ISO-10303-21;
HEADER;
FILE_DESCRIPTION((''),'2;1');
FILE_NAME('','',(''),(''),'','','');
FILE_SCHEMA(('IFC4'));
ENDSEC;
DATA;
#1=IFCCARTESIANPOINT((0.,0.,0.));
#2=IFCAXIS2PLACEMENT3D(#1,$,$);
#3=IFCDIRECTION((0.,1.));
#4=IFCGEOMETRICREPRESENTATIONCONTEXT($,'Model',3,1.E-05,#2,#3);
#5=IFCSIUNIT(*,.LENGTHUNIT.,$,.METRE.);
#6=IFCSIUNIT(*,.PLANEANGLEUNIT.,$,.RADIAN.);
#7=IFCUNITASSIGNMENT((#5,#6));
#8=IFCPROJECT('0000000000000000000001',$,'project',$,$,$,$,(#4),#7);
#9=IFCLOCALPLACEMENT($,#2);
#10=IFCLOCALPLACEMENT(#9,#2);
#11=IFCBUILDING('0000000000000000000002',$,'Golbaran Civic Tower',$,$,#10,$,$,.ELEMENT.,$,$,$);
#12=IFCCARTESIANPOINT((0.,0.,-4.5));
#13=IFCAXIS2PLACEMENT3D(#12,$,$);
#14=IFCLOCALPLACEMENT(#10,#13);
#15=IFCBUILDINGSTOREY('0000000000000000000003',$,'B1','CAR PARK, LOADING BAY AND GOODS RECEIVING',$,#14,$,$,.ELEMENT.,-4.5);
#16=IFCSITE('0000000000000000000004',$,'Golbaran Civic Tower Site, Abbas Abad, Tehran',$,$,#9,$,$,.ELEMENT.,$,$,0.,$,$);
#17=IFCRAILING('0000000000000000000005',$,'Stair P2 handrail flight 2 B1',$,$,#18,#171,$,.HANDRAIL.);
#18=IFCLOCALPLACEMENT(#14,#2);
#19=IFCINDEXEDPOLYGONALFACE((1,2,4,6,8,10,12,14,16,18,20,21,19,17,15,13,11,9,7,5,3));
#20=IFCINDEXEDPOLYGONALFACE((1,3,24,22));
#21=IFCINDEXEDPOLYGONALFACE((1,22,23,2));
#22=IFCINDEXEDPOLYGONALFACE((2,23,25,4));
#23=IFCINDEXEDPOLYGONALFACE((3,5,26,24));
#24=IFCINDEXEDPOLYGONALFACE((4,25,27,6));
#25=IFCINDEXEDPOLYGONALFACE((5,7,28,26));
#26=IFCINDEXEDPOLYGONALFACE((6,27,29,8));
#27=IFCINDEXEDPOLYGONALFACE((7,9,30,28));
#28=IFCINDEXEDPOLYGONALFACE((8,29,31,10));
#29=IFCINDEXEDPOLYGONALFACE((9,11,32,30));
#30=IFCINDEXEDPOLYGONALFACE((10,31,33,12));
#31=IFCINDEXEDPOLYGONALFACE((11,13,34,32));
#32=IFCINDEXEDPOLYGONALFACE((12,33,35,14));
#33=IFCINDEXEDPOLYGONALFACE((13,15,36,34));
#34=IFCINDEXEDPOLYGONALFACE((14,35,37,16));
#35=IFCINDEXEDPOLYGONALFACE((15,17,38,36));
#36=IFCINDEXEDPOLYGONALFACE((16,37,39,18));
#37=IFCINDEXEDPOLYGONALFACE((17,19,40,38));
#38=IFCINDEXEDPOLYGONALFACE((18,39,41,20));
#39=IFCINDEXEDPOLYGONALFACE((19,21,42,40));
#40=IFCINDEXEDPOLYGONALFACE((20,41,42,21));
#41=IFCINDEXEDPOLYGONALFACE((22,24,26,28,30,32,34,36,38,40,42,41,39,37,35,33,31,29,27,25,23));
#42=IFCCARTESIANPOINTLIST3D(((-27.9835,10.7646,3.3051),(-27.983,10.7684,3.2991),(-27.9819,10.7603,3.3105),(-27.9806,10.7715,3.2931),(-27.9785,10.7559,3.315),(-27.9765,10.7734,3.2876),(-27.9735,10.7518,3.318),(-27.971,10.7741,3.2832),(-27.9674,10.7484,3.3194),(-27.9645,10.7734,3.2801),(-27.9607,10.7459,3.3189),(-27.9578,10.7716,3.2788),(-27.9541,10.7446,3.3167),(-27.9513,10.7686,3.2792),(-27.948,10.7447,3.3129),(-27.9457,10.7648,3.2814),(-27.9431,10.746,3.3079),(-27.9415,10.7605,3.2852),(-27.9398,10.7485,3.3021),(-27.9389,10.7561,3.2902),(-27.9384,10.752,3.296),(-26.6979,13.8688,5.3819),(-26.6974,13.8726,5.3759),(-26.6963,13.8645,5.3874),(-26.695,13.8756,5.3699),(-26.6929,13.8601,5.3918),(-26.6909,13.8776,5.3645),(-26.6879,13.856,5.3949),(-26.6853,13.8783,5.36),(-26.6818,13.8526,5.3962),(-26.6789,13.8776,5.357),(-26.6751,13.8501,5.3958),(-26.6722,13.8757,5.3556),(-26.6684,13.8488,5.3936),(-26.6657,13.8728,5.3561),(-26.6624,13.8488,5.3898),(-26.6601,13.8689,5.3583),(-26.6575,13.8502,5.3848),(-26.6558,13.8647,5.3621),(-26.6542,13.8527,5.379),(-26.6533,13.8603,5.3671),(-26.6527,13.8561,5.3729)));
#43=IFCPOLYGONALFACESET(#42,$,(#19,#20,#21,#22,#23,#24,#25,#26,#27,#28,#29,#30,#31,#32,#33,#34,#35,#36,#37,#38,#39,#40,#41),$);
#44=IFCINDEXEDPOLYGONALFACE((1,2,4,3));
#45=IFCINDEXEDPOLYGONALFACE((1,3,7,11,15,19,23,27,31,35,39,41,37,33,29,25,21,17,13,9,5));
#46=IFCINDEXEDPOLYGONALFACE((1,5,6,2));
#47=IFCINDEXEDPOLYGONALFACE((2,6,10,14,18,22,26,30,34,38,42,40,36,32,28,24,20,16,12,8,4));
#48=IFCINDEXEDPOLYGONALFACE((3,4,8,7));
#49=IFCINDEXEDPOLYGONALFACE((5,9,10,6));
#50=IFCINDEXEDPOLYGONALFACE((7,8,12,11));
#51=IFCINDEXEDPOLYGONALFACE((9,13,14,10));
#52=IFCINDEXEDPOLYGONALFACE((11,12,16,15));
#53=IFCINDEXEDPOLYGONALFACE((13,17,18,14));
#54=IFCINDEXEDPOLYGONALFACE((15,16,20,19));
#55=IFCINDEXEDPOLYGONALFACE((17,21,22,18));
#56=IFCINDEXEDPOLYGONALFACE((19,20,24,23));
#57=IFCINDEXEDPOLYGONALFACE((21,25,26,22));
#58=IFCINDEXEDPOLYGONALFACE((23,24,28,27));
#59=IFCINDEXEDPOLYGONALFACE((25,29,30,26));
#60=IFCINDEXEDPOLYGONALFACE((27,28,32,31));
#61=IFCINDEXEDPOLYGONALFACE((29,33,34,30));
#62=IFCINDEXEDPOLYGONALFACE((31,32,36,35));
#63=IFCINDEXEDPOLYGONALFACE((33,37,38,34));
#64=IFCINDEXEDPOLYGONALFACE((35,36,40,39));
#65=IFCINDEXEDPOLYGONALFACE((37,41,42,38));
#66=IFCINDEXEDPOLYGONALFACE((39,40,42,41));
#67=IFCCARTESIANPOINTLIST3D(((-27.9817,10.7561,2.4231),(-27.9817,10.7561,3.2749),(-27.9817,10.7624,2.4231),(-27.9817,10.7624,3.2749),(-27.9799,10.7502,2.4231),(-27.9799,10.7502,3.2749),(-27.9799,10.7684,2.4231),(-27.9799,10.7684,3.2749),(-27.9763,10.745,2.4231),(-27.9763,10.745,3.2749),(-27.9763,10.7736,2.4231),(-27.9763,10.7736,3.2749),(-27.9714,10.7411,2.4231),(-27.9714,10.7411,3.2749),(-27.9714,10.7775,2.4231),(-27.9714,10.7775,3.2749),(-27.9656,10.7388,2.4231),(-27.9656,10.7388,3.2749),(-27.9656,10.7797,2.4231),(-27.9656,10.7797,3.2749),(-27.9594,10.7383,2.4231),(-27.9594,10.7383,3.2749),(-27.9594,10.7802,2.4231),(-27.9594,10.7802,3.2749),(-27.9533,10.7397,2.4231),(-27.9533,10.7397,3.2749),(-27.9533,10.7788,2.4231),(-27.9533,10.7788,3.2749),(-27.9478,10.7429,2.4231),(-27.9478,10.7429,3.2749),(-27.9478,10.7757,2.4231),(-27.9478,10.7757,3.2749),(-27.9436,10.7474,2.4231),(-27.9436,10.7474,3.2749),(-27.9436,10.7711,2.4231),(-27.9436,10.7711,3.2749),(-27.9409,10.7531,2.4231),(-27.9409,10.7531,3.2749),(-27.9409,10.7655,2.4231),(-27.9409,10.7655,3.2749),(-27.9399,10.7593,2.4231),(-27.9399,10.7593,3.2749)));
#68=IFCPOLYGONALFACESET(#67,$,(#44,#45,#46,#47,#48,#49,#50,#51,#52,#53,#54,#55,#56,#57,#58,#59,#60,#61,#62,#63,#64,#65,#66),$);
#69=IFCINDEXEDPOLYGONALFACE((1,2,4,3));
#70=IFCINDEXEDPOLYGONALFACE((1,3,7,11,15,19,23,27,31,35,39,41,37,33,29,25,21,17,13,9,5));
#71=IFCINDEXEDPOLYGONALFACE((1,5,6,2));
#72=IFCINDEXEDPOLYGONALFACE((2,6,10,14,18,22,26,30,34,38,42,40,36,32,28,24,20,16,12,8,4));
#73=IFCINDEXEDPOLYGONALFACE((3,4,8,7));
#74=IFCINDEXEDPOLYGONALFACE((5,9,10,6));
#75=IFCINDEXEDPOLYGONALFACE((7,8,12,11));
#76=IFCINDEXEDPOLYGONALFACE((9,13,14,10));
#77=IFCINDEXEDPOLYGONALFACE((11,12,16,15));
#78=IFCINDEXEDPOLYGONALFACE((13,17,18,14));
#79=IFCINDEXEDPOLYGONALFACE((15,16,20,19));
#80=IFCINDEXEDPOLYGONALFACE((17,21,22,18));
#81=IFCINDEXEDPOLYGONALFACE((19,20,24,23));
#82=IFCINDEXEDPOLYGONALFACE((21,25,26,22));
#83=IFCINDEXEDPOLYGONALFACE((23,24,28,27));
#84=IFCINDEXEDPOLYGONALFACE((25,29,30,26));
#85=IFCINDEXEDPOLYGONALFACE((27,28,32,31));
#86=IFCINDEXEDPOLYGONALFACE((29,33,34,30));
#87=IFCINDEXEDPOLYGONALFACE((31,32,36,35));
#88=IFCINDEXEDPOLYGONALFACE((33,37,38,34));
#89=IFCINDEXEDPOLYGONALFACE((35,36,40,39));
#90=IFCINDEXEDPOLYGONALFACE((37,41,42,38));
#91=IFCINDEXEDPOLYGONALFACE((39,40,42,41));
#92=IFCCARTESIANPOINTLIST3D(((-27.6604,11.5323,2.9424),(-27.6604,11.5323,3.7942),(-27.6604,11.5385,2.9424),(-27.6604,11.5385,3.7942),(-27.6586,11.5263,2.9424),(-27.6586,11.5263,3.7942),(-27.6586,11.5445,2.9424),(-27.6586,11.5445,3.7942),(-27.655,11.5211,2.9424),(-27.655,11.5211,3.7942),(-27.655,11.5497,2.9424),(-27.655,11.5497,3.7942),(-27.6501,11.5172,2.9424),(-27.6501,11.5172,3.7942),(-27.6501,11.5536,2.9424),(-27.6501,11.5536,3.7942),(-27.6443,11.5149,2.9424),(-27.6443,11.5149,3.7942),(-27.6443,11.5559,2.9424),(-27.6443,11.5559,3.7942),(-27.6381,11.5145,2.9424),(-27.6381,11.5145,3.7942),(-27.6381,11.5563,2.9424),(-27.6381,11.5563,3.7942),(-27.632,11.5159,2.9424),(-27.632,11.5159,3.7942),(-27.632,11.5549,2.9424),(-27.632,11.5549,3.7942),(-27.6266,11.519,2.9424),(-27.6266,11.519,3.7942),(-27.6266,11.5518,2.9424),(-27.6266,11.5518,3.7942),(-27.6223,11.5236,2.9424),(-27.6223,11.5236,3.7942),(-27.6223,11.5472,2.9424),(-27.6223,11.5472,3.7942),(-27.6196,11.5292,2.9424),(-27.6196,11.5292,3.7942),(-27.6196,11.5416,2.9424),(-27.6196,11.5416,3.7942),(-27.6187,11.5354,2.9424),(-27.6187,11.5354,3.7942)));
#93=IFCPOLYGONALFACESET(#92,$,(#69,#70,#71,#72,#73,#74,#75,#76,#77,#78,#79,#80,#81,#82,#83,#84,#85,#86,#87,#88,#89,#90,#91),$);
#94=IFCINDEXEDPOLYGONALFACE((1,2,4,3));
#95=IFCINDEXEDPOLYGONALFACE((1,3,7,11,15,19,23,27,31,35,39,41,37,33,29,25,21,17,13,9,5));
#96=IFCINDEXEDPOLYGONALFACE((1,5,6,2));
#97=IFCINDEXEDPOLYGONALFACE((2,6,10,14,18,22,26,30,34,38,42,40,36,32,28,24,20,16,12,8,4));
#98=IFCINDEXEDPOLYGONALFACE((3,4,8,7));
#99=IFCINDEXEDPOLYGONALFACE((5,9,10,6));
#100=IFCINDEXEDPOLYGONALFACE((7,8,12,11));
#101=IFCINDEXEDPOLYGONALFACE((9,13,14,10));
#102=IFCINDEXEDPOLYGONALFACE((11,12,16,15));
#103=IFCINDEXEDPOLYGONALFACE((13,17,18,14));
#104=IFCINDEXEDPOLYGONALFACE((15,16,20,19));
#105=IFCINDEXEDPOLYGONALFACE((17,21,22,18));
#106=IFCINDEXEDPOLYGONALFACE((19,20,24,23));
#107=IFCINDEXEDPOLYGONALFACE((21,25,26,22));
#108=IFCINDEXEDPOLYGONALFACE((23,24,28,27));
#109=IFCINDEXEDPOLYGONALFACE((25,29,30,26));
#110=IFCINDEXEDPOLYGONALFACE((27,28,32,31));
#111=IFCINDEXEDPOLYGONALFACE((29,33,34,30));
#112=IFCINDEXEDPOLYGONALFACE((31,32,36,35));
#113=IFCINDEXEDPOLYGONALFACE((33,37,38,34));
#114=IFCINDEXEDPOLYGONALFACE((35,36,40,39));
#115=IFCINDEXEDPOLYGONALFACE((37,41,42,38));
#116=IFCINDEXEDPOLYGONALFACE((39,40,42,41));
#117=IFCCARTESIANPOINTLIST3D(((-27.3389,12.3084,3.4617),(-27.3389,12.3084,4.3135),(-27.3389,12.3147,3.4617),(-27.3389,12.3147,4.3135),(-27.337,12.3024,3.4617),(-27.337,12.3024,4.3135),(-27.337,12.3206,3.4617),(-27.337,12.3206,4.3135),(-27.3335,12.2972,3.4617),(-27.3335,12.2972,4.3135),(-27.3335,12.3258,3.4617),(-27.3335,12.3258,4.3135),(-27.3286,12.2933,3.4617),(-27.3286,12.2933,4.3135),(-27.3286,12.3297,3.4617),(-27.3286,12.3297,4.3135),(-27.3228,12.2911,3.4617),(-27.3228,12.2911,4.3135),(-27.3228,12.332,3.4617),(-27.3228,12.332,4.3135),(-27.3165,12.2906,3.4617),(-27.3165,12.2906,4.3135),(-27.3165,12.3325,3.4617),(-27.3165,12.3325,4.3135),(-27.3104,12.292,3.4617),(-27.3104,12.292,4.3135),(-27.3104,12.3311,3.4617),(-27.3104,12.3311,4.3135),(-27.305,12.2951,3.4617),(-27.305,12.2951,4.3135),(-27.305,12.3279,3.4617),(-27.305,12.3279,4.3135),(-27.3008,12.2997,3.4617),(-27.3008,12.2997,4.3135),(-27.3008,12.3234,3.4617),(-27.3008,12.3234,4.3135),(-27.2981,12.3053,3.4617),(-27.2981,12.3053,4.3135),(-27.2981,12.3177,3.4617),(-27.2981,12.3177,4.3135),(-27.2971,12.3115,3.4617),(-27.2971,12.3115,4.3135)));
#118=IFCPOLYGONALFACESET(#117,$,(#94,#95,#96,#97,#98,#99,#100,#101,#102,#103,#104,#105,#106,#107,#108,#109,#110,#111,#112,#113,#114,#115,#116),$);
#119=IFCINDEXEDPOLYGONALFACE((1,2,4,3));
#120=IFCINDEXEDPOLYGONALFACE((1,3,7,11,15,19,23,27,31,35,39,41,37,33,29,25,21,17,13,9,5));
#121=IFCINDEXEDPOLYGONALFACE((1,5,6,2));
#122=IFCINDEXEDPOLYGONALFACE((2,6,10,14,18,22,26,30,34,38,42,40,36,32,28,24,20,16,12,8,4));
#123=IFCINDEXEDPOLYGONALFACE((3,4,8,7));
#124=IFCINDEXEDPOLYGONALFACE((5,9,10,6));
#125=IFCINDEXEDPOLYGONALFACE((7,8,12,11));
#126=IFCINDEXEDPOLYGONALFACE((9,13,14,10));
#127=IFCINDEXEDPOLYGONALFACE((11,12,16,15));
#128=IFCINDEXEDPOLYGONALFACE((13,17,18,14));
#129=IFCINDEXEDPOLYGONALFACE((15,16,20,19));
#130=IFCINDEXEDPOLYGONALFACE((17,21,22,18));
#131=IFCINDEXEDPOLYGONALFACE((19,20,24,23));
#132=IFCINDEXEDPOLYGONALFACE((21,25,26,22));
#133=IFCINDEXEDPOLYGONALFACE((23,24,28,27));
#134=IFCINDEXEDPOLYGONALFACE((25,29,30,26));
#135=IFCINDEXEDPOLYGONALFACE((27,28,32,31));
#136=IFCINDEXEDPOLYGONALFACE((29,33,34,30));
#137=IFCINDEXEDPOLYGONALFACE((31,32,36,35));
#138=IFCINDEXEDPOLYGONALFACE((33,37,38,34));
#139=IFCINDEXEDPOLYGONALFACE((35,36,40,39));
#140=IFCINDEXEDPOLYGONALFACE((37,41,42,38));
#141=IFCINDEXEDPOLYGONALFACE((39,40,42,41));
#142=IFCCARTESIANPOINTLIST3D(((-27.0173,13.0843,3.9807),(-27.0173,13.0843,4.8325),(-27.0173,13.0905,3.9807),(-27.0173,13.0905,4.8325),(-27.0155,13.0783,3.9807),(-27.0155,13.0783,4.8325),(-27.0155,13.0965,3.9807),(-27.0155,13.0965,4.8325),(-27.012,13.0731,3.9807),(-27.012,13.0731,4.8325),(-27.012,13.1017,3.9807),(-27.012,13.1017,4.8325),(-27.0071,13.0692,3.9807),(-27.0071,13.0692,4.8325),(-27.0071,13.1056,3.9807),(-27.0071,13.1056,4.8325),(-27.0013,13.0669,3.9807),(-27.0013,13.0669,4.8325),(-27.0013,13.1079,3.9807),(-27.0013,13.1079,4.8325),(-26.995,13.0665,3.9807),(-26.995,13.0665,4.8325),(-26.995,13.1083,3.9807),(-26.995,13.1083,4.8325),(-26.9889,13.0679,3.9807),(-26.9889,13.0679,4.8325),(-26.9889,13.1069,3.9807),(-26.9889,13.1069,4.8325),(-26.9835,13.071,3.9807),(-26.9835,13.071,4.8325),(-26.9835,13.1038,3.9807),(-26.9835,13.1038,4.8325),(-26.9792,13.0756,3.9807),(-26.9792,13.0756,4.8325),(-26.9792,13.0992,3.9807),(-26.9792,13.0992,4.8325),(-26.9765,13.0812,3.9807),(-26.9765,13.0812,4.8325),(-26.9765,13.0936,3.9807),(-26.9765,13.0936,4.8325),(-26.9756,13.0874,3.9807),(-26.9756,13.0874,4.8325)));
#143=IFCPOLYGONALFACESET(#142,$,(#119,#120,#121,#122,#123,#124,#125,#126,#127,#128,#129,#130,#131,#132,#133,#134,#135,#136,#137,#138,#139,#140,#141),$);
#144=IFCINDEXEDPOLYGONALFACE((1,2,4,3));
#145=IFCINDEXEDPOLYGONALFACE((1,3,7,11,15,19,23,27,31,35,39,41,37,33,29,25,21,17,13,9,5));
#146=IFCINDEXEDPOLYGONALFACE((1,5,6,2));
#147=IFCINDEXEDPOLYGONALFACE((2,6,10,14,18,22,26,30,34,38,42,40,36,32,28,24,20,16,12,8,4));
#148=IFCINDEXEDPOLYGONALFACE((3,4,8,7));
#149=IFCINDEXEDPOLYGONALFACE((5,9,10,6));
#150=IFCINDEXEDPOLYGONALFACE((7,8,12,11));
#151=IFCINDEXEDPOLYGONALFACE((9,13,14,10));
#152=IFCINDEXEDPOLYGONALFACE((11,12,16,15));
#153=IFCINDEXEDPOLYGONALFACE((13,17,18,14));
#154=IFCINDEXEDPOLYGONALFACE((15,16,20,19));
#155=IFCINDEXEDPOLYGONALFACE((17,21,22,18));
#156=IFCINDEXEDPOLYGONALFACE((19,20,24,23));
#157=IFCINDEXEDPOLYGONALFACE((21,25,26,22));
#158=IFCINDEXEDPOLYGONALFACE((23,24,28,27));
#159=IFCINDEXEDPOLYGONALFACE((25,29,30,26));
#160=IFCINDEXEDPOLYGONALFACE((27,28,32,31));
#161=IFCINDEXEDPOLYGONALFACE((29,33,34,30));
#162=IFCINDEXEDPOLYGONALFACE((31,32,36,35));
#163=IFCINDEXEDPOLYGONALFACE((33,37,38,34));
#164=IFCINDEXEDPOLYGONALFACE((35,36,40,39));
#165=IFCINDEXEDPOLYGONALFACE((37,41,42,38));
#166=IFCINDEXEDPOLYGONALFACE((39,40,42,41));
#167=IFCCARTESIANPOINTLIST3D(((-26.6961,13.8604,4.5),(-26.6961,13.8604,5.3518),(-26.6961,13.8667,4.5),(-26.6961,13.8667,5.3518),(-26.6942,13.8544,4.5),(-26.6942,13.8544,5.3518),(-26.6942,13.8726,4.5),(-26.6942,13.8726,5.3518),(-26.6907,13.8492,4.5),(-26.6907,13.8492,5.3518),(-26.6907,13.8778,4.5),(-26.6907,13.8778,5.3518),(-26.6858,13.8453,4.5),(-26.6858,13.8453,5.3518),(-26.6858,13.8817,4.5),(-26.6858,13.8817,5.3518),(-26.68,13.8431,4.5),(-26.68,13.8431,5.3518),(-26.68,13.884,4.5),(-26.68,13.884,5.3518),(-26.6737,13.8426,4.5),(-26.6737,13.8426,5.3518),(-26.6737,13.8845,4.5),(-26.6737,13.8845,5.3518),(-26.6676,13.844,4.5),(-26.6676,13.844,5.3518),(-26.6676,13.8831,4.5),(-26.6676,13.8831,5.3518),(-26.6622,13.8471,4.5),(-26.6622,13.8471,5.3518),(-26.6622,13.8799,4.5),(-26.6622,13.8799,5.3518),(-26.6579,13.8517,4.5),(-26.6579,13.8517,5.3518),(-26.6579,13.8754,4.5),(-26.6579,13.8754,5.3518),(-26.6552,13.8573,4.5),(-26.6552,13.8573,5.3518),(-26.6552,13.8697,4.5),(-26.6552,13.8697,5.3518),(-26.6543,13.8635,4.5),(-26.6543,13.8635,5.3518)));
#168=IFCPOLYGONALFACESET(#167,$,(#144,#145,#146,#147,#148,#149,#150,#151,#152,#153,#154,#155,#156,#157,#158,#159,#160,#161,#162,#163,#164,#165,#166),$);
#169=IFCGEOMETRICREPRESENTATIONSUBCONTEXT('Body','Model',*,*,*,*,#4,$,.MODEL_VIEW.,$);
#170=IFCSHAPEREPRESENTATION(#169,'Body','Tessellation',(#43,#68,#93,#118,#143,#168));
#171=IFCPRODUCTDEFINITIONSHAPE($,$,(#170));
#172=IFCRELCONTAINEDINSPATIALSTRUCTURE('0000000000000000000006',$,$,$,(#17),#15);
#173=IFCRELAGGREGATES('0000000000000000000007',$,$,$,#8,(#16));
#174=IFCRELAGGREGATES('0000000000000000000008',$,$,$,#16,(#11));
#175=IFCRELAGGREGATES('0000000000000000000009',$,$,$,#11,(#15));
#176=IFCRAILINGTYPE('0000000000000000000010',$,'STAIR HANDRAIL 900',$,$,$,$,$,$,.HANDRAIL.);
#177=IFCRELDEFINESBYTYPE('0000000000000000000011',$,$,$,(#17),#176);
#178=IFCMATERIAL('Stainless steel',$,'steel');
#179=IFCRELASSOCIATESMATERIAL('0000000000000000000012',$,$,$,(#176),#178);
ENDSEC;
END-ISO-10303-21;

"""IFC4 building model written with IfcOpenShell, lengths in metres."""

from ifc_helpers import new_model, si_unit, direction, frame, origin, origin_2d, place, context, subcontext, project, spatial, circle, extrude, material, type_object, element, save


model = new_model("IFC4")

# Units and contexts
model_context = context("Model", 3, precision=1e-05, world=origin(), true_north=direction((0.0, 1.0)))
body_context = subcontext(model_context, "Body", "Model", "MODEL_VIEW")
ifc_project = project(units=[si_unit("LENGTHUNIT", "METRE"), si_unit("PLANEANGLEUNIT", "RADIAN")], contexts=[model_context])

# Site, building, storey
site_placement = place(None, origin())
site = spatial("IfcSite", under=ifc_project, at=site_placement, Name="Golbaran Civic Tower Site, Abbas Abad, Tehran", CompositionType="ELEMENT", RefElevation=0.0)
building_placement = place(site_placement, origin())
building = spatial("IfcBuilding", under=site, at=building_placement, Name="Golbaran Civic Tower", CompositionType="ELEMENT")
storey_placement = place(building_placement, frame((0.0, 0.0, -4.5)))
storey = spatial("IfcBuildingStorey", under=building, at=storey_placement, Name="B1", Description="CAR PARK, LOADING BAY AND GOODS RECEIVING", CompositionType="ELEMENT", Elevation=-4.5)

# Railing
ifc_material_1 = material(Name="Stainless steel", Category="steel")
railing_type_1 = type_object("IfcRailingType", Name="STAIR HANDRAIL 900", PredefinedType="HANDRAIL", material=ifc_material_1)
railing_1_placement = place(storey_placement, frame((-27.9609, 10.7593, 2.4231)))
element("IfcRailing", 1, at=railing_1_placement, inside=storey, type_object=railing_type_1, Name="Stair P2 handrail flight 2 B1", PredefinedType="HANDRAIL", context=body_context, shape_type="SweptSolid", body=[
    extrude(circle(Radius=0.0239, at=origin_2d()), frame((0.0, 0.0, 0.876), z_axis=(0.325477, 0.785879, 0.525794), x_axis=(-0.923898, 0.382638, 0.0)), (0.0, 0.0, 1.0), 3.95),
    extrude(circle(Radius=0.021, at=origin_2d()), origin(), (0.0, 0.0, 1.0), 0.8518),
    extrude(circle(Radius=0.021, at=origin_2d()), frame((0.3213, 0.7761, 0.5193)), (0.0, 0.0, 1.0), 0.8518),
    extrude(circle(Radius=0.021, at=origin_2d()), frame((0.6428, 1.5522, 1.0386)), (0.0, 0.0, 1.0), 0.8518),
    extrude(circle(Radius=0.021, at=origin_2d()), frame((0.9644, 2.3281, 1.5576)), (0.0, 0.0, 1.0), 0.8518),
    extrude(circle(Radius=0.021, at=origin_2d()), frame((1.2856, 3.1042, 2.0769)), (0.0, 0.0, 1.0), 0.8518),
])

save(model, "model.ifc")
